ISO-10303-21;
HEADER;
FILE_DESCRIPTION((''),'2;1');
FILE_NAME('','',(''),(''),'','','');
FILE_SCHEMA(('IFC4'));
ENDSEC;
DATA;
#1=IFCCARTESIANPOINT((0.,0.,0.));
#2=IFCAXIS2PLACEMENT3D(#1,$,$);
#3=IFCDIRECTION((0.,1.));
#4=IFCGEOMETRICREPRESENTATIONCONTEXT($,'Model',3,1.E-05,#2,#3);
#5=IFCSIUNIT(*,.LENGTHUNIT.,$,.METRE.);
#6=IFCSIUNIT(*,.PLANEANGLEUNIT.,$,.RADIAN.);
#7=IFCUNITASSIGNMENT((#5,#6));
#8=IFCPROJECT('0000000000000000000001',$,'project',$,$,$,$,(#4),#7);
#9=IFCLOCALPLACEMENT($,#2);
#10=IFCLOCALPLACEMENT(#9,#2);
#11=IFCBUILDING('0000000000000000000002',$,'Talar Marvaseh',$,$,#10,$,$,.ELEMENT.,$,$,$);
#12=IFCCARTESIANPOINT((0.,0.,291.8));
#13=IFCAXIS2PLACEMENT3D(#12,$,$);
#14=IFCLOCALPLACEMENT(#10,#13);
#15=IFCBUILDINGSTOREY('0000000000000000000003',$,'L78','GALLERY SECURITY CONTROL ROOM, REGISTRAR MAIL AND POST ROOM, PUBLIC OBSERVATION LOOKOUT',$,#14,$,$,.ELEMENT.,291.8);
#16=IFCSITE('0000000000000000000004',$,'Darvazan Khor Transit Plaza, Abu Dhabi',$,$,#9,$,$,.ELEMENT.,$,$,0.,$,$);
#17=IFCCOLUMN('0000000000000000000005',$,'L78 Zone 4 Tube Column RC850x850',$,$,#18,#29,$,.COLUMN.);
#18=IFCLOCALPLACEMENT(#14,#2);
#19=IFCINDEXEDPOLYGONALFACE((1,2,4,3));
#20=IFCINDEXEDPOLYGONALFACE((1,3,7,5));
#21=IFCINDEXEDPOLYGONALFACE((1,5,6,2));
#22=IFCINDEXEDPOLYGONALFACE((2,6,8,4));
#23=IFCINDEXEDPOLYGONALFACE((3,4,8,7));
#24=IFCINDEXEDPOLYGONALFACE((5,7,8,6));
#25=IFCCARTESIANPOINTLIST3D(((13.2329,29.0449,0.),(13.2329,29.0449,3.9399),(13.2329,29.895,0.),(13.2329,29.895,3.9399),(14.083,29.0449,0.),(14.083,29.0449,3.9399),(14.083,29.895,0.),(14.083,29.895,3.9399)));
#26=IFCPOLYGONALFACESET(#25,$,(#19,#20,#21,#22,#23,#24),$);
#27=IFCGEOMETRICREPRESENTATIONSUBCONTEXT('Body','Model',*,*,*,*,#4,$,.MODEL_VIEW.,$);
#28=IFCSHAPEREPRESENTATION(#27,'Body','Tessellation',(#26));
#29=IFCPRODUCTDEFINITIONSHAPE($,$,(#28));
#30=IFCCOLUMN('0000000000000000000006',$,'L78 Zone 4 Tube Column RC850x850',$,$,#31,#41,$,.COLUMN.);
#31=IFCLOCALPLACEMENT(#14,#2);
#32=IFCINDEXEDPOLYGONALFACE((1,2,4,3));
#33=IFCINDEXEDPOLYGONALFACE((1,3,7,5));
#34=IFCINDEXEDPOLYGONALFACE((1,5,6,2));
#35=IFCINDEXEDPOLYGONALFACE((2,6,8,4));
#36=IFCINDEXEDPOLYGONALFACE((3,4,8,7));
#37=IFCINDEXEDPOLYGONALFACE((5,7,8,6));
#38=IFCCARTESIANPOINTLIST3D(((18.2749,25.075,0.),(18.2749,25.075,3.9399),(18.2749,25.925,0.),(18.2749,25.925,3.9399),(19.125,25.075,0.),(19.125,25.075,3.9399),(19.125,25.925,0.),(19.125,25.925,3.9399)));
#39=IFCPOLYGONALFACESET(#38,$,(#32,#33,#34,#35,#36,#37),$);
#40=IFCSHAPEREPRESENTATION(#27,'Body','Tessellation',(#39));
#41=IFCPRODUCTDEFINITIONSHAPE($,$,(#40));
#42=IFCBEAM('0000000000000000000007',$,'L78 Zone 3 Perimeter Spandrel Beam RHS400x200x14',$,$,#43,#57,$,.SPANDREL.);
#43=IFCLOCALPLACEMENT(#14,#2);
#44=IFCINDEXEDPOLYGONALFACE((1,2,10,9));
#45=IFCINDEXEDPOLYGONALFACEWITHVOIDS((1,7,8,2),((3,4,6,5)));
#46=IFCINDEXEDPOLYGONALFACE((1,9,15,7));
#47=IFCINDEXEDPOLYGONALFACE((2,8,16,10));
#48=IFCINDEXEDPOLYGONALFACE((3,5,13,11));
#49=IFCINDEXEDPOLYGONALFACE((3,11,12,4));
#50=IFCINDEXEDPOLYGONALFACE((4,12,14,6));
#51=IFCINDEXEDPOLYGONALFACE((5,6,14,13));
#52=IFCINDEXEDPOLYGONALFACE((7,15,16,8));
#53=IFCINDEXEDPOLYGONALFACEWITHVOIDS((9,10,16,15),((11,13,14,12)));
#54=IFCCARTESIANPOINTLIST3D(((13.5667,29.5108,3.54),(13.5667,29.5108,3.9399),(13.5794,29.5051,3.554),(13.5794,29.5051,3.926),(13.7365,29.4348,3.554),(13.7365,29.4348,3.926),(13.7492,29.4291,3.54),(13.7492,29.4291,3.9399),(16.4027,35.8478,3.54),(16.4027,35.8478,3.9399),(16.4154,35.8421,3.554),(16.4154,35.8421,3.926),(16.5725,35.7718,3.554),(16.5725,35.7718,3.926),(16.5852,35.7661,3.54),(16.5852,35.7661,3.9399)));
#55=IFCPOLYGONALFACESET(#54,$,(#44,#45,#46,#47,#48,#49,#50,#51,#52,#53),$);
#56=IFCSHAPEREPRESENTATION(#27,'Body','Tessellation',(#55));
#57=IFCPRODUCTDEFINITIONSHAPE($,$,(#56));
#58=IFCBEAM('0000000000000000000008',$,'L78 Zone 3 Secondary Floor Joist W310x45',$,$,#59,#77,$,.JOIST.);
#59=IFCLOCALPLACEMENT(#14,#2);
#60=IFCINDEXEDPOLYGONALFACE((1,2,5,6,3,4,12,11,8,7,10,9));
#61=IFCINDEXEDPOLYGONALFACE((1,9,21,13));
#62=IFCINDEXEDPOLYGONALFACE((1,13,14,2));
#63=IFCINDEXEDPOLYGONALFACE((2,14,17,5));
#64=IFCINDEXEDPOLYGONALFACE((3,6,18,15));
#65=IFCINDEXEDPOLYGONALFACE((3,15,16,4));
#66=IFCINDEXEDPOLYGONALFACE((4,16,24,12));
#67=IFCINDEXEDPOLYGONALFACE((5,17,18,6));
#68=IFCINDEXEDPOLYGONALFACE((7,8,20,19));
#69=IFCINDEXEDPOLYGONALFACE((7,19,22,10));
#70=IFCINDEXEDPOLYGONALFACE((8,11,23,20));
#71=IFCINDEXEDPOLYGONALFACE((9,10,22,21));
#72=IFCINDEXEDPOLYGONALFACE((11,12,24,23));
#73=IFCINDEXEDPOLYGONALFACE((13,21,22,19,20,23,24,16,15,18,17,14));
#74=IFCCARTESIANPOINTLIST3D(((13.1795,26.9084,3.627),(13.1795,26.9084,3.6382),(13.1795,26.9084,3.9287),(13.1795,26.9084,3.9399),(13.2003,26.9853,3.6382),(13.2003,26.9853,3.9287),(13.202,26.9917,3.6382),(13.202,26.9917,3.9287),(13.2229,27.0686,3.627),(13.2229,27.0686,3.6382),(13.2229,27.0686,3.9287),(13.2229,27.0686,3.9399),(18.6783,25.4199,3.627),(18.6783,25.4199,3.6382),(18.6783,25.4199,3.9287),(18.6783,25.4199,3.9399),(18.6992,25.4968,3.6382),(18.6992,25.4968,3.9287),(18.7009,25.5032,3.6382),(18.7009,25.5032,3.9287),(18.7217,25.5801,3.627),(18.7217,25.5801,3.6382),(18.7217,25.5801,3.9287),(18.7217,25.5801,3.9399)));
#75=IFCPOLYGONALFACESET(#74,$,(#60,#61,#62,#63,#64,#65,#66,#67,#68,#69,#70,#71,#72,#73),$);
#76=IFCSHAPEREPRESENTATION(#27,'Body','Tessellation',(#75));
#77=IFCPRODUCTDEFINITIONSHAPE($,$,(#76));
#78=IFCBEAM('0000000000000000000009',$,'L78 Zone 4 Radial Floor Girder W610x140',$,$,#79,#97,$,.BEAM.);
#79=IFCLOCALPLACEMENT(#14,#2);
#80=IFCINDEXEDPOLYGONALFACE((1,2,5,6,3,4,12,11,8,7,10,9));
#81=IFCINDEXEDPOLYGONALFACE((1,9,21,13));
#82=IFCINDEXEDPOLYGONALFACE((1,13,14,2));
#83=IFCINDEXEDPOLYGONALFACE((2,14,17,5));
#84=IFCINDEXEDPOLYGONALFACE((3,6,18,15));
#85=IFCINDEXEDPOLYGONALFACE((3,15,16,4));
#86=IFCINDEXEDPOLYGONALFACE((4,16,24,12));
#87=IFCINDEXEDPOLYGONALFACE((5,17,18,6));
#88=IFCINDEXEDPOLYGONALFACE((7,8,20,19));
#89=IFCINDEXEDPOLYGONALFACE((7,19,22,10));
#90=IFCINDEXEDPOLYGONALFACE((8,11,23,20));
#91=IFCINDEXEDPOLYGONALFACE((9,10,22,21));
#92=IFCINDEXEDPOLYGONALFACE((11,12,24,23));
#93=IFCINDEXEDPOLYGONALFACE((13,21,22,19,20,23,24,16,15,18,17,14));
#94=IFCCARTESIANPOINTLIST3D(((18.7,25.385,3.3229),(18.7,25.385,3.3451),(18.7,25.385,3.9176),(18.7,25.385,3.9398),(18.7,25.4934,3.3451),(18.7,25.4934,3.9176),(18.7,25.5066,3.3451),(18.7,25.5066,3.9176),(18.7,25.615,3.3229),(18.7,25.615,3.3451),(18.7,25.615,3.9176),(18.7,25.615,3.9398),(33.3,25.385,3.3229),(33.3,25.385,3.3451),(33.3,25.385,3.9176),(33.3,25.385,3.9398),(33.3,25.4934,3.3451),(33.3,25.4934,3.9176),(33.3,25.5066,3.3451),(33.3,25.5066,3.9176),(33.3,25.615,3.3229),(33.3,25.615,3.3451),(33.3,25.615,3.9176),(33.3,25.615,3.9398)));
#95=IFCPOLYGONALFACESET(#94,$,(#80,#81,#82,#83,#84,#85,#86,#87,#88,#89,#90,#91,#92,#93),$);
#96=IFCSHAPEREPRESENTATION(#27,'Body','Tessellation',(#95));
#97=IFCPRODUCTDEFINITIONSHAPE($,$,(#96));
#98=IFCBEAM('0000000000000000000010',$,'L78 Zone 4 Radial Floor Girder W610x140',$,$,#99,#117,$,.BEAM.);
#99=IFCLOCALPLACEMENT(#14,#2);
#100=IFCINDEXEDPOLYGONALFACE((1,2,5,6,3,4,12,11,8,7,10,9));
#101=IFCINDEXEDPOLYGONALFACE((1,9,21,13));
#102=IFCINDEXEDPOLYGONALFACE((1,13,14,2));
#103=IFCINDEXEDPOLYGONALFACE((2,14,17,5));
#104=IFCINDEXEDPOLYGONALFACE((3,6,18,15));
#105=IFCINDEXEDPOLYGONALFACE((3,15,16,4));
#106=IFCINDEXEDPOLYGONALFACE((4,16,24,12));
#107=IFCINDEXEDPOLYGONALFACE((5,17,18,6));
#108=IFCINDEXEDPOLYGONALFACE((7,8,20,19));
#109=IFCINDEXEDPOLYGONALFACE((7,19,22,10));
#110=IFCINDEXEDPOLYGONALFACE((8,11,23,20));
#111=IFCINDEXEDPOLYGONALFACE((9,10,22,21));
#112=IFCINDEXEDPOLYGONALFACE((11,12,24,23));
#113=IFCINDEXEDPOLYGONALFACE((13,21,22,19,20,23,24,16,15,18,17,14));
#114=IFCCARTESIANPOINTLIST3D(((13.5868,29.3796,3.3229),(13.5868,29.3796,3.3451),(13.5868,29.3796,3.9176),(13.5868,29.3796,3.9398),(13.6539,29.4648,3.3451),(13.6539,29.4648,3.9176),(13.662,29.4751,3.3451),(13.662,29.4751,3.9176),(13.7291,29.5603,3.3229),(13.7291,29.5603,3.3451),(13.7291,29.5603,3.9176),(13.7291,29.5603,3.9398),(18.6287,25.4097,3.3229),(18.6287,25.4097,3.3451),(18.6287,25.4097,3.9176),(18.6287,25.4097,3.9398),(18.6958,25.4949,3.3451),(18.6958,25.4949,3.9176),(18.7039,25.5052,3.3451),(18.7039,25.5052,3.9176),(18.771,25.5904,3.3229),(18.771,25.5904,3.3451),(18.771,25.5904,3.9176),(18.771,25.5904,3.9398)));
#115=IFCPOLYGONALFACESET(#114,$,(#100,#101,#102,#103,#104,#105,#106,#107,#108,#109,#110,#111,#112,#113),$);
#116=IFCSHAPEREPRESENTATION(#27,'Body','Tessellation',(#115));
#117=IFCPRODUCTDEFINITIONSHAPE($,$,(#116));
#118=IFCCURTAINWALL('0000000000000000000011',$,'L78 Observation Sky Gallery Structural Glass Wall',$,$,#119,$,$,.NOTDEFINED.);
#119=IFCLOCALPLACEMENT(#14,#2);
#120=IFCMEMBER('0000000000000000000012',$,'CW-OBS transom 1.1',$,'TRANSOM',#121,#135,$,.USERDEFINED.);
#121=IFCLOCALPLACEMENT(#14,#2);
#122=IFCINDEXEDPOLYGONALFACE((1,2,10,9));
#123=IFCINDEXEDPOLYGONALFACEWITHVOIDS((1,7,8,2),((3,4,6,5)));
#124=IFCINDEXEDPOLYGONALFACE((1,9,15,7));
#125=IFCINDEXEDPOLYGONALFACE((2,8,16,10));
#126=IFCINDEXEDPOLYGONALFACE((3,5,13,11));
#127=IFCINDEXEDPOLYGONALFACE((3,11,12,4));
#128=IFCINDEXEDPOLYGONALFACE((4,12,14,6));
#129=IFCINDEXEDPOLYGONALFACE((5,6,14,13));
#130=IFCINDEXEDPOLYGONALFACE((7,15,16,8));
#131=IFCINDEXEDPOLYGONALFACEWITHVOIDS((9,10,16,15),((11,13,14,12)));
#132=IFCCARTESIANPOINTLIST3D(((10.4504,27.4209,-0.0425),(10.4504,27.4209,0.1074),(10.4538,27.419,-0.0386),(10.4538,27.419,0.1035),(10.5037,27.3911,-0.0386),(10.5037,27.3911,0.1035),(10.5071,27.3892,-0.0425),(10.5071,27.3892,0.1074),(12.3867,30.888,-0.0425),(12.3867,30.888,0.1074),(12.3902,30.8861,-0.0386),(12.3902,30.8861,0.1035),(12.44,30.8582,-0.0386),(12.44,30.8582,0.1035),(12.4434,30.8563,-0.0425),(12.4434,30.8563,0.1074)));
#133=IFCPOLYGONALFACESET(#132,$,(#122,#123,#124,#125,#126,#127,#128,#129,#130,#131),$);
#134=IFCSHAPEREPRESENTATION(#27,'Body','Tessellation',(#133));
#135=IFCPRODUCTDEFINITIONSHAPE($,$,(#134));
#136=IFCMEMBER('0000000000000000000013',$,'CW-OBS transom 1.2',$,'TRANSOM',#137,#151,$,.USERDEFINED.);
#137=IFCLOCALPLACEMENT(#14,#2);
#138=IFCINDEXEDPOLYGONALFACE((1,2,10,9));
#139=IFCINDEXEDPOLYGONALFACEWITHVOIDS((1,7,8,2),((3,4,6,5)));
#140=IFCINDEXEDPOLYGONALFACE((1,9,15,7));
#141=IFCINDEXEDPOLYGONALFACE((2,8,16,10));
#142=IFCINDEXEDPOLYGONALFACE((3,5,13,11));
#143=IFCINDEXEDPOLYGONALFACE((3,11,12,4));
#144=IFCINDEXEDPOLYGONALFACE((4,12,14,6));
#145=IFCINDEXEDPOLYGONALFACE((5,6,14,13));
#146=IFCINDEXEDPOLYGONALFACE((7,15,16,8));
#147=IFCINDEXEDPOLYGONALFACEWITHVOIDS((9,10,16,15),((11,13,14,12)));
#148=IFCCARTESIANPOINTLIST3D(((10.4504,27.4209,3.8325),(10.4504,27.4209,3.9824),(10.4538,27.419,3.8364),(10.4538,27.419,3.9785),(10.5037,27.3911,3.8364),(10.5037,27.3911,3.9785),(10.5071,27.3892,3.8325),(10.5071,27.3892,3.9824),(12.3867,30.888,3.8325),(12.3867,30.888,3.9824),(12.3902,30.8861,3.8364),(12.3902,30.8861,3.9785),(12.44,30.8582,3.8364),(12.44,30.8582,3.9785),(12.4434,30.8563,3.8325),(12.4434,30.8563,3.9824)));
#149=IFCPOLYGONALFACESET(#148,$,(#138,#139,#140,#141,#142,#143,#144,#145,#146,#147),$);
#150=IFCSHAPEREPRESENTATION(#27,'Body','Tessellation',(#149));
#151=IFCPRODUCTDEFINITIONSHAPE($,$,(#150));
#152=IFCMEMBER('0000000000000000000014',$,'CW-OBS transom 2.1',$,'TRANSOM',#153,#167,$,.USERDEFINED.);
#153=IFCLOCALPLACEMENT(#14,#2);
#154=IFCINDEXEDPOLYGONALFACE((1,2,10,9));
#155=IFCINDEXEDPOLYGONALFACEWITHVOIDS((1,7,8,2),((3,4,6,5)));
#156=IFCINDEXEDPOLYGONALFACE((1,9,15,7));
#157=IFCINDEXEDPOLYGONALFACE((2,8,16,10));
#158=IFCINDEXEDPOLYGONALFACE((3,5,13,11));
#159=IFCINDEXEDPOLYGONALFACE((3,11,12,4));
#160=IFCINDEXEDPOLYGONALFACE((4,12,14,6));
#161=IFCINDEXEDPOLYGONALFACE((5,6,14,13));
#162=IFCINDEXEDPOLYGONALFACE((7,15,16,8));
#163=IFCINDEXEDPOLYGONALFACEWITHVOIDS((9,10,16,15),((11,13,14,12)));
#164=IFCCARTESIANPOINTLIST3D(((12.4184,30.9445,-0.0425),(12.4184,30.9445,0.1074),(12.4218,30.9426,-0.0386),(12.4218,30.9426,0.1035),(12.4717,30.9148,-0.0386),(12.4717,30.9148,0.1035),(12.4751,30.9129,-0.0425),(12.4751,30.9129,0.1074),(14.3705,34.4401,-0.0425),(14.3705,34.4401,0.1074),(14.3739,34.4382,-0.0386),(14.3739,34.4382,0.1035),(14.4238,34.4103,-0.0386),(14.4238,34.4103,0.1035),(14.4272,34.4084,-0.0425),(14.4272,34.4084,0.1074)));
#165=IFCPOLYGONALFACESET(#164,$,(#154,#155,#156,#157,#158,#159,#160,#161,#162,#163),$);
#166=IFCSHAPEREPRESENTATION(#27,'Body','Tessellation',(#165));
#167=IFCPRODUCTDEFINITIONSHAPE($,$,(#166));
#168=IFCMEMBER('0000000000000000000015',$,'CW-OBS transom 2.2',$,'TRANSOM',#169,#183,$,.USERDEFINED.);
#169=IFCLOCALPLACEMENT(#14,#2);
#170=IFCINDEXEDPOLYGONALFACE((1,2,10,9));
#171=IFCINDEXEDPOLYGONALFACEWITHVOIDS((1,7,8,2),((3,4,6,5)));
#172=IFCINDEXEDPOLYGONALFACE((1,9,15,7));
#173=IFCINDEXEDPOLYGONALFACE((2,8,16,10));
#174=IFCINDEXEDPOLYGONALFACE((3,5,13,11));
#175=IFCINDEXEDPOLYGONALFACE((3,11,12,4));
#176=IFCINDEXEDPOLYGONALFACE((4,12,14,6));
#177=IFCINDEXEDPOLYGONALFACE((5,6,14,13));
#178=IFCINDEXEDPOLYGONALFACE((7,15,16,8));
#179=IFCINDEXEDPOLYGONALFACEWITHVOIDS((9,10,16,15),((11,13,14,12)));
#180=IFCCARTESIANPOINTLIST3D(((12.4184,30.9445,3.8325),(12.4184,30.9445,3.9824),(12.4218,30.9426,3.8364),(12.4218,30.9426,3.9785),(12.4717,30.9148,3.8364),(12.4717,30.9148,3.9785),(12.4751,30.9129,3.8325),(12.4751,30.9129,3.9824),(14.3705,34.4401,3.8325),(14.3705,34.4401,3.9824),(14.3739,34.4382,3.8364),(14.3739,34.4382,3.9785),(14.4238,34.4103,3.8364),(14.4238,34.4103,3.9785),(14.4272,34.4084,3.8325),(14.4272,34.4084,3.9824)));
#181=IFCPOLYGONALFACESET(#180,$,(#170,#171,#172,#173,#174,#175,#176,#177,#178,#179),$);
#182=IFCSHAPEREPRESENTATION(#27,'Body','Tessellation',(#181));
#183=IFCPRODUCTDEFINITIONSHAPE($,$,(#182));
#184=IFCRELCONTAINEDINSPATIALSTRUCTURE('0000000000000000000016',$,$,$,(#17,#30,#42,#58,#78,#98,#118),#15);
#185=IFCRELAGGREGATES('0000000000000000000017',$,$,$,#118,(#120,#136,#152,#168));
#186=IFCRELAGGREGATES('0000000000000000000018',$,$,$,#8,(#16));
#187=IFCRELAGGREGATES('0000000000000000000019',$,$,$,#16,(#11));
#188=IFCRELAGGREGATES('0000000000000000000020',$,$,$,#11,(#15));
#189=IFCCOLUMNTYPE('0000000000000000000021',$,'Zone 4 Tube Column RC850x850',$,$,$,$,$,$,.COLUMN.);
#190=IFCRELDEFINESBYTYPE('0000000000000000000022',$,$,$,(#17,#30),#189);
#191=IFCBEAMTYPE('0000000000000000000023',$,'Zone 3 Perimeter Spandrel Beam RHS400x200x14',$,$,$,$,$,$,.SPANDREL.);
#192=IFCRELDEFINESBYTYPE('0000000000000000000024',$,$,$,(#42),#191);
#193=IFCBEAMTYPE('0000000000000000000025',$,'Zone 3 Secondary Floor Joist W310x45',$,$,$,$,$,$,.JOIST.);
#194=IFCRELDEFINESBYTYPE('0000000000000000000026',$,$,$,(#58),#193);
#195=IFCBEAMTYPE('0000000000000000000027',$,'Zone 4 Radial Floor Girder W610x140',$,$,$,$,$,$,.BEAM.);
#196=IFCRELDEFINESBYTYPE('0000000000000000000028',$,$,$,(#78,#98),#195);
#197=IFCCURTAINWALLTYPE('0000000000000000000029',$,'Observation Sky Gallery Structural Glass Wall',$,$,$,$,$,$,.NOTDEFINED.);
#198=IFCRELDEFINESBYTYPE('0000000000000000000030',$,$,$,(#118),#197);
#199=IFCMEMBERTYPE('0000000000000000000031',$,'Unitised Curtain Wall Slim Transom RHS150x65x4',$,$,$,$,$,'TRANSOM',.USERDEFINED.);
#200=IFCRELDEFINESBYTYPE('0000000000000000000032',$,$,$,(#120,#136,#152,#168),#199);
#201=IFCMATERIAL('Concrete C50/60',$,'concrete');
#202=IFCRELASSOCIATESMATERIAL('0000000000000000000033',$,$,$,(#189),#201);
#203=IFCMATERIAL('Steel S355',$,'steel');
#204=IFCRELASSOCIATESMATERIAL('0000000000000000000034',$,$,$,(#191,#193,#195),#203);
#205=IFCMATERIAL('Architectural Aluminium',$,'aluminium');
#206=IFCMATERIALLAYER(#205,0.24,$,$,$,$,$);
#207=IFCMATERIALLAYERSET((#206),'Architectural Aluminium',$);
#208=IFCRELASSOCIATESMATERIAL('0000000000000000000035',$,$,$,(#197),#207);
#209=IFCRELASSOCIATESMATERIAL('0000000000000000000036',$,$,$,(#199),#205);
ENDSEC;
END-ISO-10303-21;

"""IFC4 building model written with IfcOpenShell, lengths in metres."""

from ifc_helpers import new_model, si_unit, direction, frame, origin, origin_2d, place, context, subcontext, project, spatial, rectangle, hollow_rectangle, i_section, extrude, source, transform, mapped, material, layer, layer_set, material_profile, profile_set, type_object, type_shapes, element, aggregate, save


model = new_model("IFC4")

# Units and contexts
model_context = context("Model", 3, precision=1e-05, world=origin(), true_north=direction((0.0, 1.0)))
body_context = subcontext(model_context, "Body", "Model", "MODEL_VIEW")
ifc_project = project(units=[si_unit("LENGTHUNIT", "METRE"), si_unit("PLANEANGLEUNIT", "RADIAN")], contexts=[model_context])

# Site, building, storey
site_placement = place(None, origin())
site = spatial("IfcSite", under=ifc_project, at=site_placement, Name="Darvazan Khor Transit Plaza, Abu Dhabi", CompositionType="ELEMENT", RefElevation=0.0)
building_placement = place(site_placement, origin())
building = spatial("IfcBuilding", under=site, at=building_placement, Name="Talar Marvaseh", CompositionType="ELEMENT")
storey_placement = place(building_placement, frame((0.0, 0.0, 291.8)))
storey = spatial("IfcBuildingStorey", under=building, at=storey_placement, Name="L78", Description="GALLERY SECURITY CONTROL ROOM, REGISTRAR MAIL AND POST ROOM, PUBLIC OBSERVATION LOOKOUT", CompositionType="ELEMENT", Elevation=291.8)

# Columns
ifc_material_1 = material(Name="Concrete C50/60", Category="concrete")
ifc_material_profile_1 = material_profile(ifc_material_1, rectangle(XDim=0.8501, YDim=0.8501, at=origin_2d()), Name="RC850x850")
ifc_profile_set_1 = profile_set([ifc_material_profile_1], Name="Concrete C50/60")
column_type = type_object("IfcColumnType", Name="Zone 4 Tube Column RC850x850", PredefinedType="COLUMN", material=ifc_profile_set_1)
for number, where, z_axis, x_axis, name in (
    (1, (13.658, 29.47, 0.0), (0.0, 0.0, 1.0), (1.0, 0.0, 0.0), "L78 Zone 4 Tube Column RC850x850"),
    (2, (18.7, 25.5, 0.0), (0.0, 0.0, 1.0), (1.0, 0.0, 0.0), "L78 Zone 4 Tube Column RC850x850"),
):
    element("IfcColumn", number, at=place(storey_placement, frame(where, z_axis=z_axis, x_axis=x_axis)), inside=storey, type_object=column_type, Name=name, PredefinedType="COLUMN", context=body_context, shape_type="SweptSolid", body=[
        extrude(rectangle(XDim=0.8501, YDim=0.8501, at=origin_2d()), origin(), (0.0, 0.0, 1.0), 3.9399),
    ])

# Beams
ifc_material_2 = material(Name="Steel S355", Category="steel")
ifc_material_profile_2 = material_profile(ifc_material_2, hollow_rectangle(XDim=0.2, YDim=0.3999, WallThickness=0.0139, at=origin_2d()), Name="RHS400x200x14")
ifc_profile_set_2 = profile_set([ifc_material_profile_2], Name="Steel S355")
beam_type_1 = type_object("IfcBeamType", Name="Zone 3 Perimeter Spandrel Beam RHS400x200x14", PredefinedType="SPANDREL", material=ifc_profile_set_2)
beam_1_placement = place(storey_placement, frame((13.658, 29.47, 3.74), z_axis=(0.408486, 0.912764, 0.0), x_axis=(-0.912764, 0.408486, 0.0)))
element("IfcBeam", 3, at=beam_1_placement, inside=storey, type_object=beam_type_1, Name="L78 Zone 3 Perimeter Spandrel Beam RHS400x200x14", PredefinedType="SPANDREL", context=body_context, shape_type="SweptSolid", body=[
    extrude(hollow_rectangle(XDim=0.2, YDim=0.3999, WallThickness=0.0139, at=origin_2d()), origin(), (0.0, 0.0, 1.0), 6.9426),
])
ifc_material_profile_3 = material_profile(ifc_material_2, i_section(OverallWidth=0.166, OverallDepth=0.313, WebThickness=0.0066, FlangeThickness=0.0112, at=origin_2d()), Name="W310x45")
ifc_profile_set_3 = profile_set([ifc_material_profile_3], Name="Steel S355")
beam_type_2 = type_object("IfcBeamType", Name="Zone 3 Secondary Floor Joist W310x45", PredefinedType="JOIST", material=ifc_profile_set_3)
beam_2_placement = place(storey_placement, frame((13.2012, 26.9885, 3.7834), z_axis=(0.965259, -0.261297, 0.0), x_axis=(0.261297, 0.965259, 0.0)))
element("IfcBeam", 4, at=beam_2_placement, inside=storey, type_object=beam_type_2, Name="L78 Zone 3 Secondary Floor Joist W310x45", PredefinedType="JOIST", context=body_context, shape_type="SweptSolid", body=[
    extrude(i_section(OverallWidth=0.166, OverallDepth=0.313, WebThickness=0.0066, FlangeThickness=0.0112, at=origin_2d()), origin(), (0.0, 0.0, 1.0), 5.6968),
])
ifc_material_profile_4 = material_profile(ifc_material_2, i_section(OverallWidth=0.23, OverallDepth=0.6169, WebThickness=0.0132, FlangeThickness=0.0222, at=origin_2d()), Name="W610x140")
ifc_profile_set_4 = profile_set([ifc_material_profile_4], Name="Steel S355")
beam_type_3 = type_object("IfcBeamType", Name="Zone 4 Radial Floor Girder W610x140", PredefinedType="BEAM", material=ifc_profile_set_4)
beam_3_placement = place(storey_placement, frame((18.7, 25.5, 3.6313), z_axis=(1.0, 0.0, 0.0), x_axis=(0.0, 1.0, 0.0)))
element("IfcBeam", 5, at=beam_3_placement, inside=storey, type_object=beam_type_3, Name="L78 Zone 4 Radial Floor Girder W610x140", PredefinedType="BEAM", context=body_context, shape_type="SweptSolid", body=[
    extrude(i_section(OverallWidth=0.23, OverallDepth=0.6169, WebThickness=0.0132, FlangeThickness=0.0222, at=origin_2d()), origin(), (0.0, 0.0, 1.0), 14.6001),
])
beam_4_placement = place(storey_placement, frame((13.658, 29.47, 3.6313), z_axis=(0.785682, -0.618631, 0.0), x_axis=(0.618631, 0.785682, 0.0)))
element("IfcBeam", 6, at=beam_4_placement, inside=storey, type_object=beam_type_3, Name="L78 Zone 4 Radial Floor Girder W610x140", PredefinedType="BEAM", context=body_context, shape_type="SweptSolid", body=[
    extrude(i_section(OverallWidth=0.23, OverallDepth=0.6169, WebThickness=0.0132, FlangeThickness=0.0222, at=origin_2d()), origin(), (0.0, 0.0, 1.0), 6.4172),
])

# Curtain wall, members
ifc_material_3 = material(Name="Architectural Aluminium", Category="aluminium")
ifc_layer_1 = layer(ifc_material_3, 0.24)
ifc_layer_set_1 = layer_set([ifc_layer_1], Name="Architectural Aluminium")
curtain_wall_type = type_object("IfcCurtainWallType", Name="Observation Sky Gallery Structural Glass Wall", PredefinedType="NOTDEFINED", material=ifc_layer_set_1)
curtain_wall_1_placement = place(storey_placement, origin())
curtain_wall_1 = element("IfcCurtainWall", 7, at=curtain_wall_1_placement, inside=storey, type_object=curtain_wall_type, Name="L78 Observation Sky Gallery Structural Glass Wall", PredefinedType="NOTDEFINED")
ifc_material_profile_5 = material_profile(ifc_material_3, hollow_rectangle(XDim=0.0649, YDim=0.1499, WallThickness=0.0039, at=origin_2d()), Name="RHS150x65x4")
ifc_profile_set_5 = profile_set([ifc_material_profile_5], Name="Architectural Aluminium")
member_type_1 = type_object("IfcMemberType", Name="Unitised Curtain Wall Slim Transom RHS150x65x4", ElementType="TRANSOM", PredefinedType="USERDEFINED", material=ifc_profile_set_5)
shared_shape_1 = source(origin(), body_context, "Body", "SweptSolid", [
    extrude(hollow_rectangle(XDim=0.0649, YDim=0.1499, WallThickness=0.0039, at=origin_2d()), origin(), (0.0, 0.0, 1.0), 3.9712),
])
member_1_placement = place(storey_placement, frame((10.4788, 27.405, 0.0325), z_axis=(0.487594, 0.873071, 0.0), x_axis=(-0.873071, 0.487594, 0.0)))
member_1 = element("IfcMember", 8, at=member_1_placement, type_object=member_type_1, Name="CW-OBS transom 1.1", ObjectType="TRANSOM", PredefinedType="USERDEFINED", context=body_context, shape_type="MappedRepresentation", body=[
    mapped(shared_shape_1, transform((0.0, 0.0, 0.0), x_axis=(1.0, 0.0, 0.0), y_axis=(0.0, 1.0, 0.0), z_axis=(0.0, 0.0, 1.0), scale=1.0)),
])
member_2_placement = place(storey_placement, frame((10.4788, 27.405, 3.9075), z_axis=(0.487594, 0.873071, 0.0), x_axis=(-0.873071, 0.487594, 0.0)))
member_2 = element("IfcMember", 9, at=member_2_placement, type_object=member_type_1, Name="CW-OBS transom 1.2", ObjectType="TRANSOM", PredefinedType="USERDEFINED", context=body_context, shape_type="MappedRepresentation", body=[
    mapped(shared_shape_1, transform((0.0, 0.0, 0.0), x_axis=(1.0, 0.0, 0.0), y_axis=(0.0, 1.0, 0.0), z_axis=(0.0, 0.0, 1.0), scale=1.0)),
])
shared_shape_2 = source(origin(), body_context, "Body", "SweptSolid", [
    extrude(hollow_rectangle(XDim=0.0649, YDim=0.1499, WallThickness=0.0039, at=origin_2d()), origin(), (0.0, 0.0, 1.0), 4.0037),
])
type_shapes(member_type_1, [shared_shape_1, shared_shape_2])
member_3_placement = place(storey_placement, frame((12.4468, 30.9287, 0.0325), z_axis=(0.487578, 0.873079, 0.0), x_axis=(-0.873079, 0.487578, 0.0)))
member_3 = element("IfcMember", 10, at=member_3_placement, type_object=member_type_1, Name="CW-OBS transom 2.1", ObjectType="TRANSOM", PredefinedType="USERDEFINED", context=body_context, shape_type="MappedRepresentation", body=[
    mapped(shared_shape_2, transform((0.0, 0.0, 0.0), x_axis=(1.0, 0.0, 0.0), y_axis=(0.0, 1.0, 0.0), z_axis=(0.0, 0.0, 1.0), scale=1.0)),
])
member_4_placement = place(storey_placement, frame((12.4468, 30.9287, 3.9075), z_axis=(0.487578, 0.873079, 0.0), x_axis=(-0.873079, 0.487578, 0.0)))
member_4 = element("IfcMember", 11, at=member_4_placement, type_object=member_type_1, Name="CW-OBS transom 2.2", ObjectType="TRANSOM", PredefinedType="USERDEFINED", context=body_context, shape_type="MappedRepresentation", body=[
    mapped(shared_shape_2, transform((0.0, 0.0, 0.0), x_axis=(1.0, 0.0, 0.0), y_axis=(0.0, 1.0, 0.0), z_axis=(0.0, 0.0, 1.0), scale=1.0)),
])

aggregate(curtain_wall_1, [member_1, member_2, member_3, member_4])

save(model, "model.ifc")
